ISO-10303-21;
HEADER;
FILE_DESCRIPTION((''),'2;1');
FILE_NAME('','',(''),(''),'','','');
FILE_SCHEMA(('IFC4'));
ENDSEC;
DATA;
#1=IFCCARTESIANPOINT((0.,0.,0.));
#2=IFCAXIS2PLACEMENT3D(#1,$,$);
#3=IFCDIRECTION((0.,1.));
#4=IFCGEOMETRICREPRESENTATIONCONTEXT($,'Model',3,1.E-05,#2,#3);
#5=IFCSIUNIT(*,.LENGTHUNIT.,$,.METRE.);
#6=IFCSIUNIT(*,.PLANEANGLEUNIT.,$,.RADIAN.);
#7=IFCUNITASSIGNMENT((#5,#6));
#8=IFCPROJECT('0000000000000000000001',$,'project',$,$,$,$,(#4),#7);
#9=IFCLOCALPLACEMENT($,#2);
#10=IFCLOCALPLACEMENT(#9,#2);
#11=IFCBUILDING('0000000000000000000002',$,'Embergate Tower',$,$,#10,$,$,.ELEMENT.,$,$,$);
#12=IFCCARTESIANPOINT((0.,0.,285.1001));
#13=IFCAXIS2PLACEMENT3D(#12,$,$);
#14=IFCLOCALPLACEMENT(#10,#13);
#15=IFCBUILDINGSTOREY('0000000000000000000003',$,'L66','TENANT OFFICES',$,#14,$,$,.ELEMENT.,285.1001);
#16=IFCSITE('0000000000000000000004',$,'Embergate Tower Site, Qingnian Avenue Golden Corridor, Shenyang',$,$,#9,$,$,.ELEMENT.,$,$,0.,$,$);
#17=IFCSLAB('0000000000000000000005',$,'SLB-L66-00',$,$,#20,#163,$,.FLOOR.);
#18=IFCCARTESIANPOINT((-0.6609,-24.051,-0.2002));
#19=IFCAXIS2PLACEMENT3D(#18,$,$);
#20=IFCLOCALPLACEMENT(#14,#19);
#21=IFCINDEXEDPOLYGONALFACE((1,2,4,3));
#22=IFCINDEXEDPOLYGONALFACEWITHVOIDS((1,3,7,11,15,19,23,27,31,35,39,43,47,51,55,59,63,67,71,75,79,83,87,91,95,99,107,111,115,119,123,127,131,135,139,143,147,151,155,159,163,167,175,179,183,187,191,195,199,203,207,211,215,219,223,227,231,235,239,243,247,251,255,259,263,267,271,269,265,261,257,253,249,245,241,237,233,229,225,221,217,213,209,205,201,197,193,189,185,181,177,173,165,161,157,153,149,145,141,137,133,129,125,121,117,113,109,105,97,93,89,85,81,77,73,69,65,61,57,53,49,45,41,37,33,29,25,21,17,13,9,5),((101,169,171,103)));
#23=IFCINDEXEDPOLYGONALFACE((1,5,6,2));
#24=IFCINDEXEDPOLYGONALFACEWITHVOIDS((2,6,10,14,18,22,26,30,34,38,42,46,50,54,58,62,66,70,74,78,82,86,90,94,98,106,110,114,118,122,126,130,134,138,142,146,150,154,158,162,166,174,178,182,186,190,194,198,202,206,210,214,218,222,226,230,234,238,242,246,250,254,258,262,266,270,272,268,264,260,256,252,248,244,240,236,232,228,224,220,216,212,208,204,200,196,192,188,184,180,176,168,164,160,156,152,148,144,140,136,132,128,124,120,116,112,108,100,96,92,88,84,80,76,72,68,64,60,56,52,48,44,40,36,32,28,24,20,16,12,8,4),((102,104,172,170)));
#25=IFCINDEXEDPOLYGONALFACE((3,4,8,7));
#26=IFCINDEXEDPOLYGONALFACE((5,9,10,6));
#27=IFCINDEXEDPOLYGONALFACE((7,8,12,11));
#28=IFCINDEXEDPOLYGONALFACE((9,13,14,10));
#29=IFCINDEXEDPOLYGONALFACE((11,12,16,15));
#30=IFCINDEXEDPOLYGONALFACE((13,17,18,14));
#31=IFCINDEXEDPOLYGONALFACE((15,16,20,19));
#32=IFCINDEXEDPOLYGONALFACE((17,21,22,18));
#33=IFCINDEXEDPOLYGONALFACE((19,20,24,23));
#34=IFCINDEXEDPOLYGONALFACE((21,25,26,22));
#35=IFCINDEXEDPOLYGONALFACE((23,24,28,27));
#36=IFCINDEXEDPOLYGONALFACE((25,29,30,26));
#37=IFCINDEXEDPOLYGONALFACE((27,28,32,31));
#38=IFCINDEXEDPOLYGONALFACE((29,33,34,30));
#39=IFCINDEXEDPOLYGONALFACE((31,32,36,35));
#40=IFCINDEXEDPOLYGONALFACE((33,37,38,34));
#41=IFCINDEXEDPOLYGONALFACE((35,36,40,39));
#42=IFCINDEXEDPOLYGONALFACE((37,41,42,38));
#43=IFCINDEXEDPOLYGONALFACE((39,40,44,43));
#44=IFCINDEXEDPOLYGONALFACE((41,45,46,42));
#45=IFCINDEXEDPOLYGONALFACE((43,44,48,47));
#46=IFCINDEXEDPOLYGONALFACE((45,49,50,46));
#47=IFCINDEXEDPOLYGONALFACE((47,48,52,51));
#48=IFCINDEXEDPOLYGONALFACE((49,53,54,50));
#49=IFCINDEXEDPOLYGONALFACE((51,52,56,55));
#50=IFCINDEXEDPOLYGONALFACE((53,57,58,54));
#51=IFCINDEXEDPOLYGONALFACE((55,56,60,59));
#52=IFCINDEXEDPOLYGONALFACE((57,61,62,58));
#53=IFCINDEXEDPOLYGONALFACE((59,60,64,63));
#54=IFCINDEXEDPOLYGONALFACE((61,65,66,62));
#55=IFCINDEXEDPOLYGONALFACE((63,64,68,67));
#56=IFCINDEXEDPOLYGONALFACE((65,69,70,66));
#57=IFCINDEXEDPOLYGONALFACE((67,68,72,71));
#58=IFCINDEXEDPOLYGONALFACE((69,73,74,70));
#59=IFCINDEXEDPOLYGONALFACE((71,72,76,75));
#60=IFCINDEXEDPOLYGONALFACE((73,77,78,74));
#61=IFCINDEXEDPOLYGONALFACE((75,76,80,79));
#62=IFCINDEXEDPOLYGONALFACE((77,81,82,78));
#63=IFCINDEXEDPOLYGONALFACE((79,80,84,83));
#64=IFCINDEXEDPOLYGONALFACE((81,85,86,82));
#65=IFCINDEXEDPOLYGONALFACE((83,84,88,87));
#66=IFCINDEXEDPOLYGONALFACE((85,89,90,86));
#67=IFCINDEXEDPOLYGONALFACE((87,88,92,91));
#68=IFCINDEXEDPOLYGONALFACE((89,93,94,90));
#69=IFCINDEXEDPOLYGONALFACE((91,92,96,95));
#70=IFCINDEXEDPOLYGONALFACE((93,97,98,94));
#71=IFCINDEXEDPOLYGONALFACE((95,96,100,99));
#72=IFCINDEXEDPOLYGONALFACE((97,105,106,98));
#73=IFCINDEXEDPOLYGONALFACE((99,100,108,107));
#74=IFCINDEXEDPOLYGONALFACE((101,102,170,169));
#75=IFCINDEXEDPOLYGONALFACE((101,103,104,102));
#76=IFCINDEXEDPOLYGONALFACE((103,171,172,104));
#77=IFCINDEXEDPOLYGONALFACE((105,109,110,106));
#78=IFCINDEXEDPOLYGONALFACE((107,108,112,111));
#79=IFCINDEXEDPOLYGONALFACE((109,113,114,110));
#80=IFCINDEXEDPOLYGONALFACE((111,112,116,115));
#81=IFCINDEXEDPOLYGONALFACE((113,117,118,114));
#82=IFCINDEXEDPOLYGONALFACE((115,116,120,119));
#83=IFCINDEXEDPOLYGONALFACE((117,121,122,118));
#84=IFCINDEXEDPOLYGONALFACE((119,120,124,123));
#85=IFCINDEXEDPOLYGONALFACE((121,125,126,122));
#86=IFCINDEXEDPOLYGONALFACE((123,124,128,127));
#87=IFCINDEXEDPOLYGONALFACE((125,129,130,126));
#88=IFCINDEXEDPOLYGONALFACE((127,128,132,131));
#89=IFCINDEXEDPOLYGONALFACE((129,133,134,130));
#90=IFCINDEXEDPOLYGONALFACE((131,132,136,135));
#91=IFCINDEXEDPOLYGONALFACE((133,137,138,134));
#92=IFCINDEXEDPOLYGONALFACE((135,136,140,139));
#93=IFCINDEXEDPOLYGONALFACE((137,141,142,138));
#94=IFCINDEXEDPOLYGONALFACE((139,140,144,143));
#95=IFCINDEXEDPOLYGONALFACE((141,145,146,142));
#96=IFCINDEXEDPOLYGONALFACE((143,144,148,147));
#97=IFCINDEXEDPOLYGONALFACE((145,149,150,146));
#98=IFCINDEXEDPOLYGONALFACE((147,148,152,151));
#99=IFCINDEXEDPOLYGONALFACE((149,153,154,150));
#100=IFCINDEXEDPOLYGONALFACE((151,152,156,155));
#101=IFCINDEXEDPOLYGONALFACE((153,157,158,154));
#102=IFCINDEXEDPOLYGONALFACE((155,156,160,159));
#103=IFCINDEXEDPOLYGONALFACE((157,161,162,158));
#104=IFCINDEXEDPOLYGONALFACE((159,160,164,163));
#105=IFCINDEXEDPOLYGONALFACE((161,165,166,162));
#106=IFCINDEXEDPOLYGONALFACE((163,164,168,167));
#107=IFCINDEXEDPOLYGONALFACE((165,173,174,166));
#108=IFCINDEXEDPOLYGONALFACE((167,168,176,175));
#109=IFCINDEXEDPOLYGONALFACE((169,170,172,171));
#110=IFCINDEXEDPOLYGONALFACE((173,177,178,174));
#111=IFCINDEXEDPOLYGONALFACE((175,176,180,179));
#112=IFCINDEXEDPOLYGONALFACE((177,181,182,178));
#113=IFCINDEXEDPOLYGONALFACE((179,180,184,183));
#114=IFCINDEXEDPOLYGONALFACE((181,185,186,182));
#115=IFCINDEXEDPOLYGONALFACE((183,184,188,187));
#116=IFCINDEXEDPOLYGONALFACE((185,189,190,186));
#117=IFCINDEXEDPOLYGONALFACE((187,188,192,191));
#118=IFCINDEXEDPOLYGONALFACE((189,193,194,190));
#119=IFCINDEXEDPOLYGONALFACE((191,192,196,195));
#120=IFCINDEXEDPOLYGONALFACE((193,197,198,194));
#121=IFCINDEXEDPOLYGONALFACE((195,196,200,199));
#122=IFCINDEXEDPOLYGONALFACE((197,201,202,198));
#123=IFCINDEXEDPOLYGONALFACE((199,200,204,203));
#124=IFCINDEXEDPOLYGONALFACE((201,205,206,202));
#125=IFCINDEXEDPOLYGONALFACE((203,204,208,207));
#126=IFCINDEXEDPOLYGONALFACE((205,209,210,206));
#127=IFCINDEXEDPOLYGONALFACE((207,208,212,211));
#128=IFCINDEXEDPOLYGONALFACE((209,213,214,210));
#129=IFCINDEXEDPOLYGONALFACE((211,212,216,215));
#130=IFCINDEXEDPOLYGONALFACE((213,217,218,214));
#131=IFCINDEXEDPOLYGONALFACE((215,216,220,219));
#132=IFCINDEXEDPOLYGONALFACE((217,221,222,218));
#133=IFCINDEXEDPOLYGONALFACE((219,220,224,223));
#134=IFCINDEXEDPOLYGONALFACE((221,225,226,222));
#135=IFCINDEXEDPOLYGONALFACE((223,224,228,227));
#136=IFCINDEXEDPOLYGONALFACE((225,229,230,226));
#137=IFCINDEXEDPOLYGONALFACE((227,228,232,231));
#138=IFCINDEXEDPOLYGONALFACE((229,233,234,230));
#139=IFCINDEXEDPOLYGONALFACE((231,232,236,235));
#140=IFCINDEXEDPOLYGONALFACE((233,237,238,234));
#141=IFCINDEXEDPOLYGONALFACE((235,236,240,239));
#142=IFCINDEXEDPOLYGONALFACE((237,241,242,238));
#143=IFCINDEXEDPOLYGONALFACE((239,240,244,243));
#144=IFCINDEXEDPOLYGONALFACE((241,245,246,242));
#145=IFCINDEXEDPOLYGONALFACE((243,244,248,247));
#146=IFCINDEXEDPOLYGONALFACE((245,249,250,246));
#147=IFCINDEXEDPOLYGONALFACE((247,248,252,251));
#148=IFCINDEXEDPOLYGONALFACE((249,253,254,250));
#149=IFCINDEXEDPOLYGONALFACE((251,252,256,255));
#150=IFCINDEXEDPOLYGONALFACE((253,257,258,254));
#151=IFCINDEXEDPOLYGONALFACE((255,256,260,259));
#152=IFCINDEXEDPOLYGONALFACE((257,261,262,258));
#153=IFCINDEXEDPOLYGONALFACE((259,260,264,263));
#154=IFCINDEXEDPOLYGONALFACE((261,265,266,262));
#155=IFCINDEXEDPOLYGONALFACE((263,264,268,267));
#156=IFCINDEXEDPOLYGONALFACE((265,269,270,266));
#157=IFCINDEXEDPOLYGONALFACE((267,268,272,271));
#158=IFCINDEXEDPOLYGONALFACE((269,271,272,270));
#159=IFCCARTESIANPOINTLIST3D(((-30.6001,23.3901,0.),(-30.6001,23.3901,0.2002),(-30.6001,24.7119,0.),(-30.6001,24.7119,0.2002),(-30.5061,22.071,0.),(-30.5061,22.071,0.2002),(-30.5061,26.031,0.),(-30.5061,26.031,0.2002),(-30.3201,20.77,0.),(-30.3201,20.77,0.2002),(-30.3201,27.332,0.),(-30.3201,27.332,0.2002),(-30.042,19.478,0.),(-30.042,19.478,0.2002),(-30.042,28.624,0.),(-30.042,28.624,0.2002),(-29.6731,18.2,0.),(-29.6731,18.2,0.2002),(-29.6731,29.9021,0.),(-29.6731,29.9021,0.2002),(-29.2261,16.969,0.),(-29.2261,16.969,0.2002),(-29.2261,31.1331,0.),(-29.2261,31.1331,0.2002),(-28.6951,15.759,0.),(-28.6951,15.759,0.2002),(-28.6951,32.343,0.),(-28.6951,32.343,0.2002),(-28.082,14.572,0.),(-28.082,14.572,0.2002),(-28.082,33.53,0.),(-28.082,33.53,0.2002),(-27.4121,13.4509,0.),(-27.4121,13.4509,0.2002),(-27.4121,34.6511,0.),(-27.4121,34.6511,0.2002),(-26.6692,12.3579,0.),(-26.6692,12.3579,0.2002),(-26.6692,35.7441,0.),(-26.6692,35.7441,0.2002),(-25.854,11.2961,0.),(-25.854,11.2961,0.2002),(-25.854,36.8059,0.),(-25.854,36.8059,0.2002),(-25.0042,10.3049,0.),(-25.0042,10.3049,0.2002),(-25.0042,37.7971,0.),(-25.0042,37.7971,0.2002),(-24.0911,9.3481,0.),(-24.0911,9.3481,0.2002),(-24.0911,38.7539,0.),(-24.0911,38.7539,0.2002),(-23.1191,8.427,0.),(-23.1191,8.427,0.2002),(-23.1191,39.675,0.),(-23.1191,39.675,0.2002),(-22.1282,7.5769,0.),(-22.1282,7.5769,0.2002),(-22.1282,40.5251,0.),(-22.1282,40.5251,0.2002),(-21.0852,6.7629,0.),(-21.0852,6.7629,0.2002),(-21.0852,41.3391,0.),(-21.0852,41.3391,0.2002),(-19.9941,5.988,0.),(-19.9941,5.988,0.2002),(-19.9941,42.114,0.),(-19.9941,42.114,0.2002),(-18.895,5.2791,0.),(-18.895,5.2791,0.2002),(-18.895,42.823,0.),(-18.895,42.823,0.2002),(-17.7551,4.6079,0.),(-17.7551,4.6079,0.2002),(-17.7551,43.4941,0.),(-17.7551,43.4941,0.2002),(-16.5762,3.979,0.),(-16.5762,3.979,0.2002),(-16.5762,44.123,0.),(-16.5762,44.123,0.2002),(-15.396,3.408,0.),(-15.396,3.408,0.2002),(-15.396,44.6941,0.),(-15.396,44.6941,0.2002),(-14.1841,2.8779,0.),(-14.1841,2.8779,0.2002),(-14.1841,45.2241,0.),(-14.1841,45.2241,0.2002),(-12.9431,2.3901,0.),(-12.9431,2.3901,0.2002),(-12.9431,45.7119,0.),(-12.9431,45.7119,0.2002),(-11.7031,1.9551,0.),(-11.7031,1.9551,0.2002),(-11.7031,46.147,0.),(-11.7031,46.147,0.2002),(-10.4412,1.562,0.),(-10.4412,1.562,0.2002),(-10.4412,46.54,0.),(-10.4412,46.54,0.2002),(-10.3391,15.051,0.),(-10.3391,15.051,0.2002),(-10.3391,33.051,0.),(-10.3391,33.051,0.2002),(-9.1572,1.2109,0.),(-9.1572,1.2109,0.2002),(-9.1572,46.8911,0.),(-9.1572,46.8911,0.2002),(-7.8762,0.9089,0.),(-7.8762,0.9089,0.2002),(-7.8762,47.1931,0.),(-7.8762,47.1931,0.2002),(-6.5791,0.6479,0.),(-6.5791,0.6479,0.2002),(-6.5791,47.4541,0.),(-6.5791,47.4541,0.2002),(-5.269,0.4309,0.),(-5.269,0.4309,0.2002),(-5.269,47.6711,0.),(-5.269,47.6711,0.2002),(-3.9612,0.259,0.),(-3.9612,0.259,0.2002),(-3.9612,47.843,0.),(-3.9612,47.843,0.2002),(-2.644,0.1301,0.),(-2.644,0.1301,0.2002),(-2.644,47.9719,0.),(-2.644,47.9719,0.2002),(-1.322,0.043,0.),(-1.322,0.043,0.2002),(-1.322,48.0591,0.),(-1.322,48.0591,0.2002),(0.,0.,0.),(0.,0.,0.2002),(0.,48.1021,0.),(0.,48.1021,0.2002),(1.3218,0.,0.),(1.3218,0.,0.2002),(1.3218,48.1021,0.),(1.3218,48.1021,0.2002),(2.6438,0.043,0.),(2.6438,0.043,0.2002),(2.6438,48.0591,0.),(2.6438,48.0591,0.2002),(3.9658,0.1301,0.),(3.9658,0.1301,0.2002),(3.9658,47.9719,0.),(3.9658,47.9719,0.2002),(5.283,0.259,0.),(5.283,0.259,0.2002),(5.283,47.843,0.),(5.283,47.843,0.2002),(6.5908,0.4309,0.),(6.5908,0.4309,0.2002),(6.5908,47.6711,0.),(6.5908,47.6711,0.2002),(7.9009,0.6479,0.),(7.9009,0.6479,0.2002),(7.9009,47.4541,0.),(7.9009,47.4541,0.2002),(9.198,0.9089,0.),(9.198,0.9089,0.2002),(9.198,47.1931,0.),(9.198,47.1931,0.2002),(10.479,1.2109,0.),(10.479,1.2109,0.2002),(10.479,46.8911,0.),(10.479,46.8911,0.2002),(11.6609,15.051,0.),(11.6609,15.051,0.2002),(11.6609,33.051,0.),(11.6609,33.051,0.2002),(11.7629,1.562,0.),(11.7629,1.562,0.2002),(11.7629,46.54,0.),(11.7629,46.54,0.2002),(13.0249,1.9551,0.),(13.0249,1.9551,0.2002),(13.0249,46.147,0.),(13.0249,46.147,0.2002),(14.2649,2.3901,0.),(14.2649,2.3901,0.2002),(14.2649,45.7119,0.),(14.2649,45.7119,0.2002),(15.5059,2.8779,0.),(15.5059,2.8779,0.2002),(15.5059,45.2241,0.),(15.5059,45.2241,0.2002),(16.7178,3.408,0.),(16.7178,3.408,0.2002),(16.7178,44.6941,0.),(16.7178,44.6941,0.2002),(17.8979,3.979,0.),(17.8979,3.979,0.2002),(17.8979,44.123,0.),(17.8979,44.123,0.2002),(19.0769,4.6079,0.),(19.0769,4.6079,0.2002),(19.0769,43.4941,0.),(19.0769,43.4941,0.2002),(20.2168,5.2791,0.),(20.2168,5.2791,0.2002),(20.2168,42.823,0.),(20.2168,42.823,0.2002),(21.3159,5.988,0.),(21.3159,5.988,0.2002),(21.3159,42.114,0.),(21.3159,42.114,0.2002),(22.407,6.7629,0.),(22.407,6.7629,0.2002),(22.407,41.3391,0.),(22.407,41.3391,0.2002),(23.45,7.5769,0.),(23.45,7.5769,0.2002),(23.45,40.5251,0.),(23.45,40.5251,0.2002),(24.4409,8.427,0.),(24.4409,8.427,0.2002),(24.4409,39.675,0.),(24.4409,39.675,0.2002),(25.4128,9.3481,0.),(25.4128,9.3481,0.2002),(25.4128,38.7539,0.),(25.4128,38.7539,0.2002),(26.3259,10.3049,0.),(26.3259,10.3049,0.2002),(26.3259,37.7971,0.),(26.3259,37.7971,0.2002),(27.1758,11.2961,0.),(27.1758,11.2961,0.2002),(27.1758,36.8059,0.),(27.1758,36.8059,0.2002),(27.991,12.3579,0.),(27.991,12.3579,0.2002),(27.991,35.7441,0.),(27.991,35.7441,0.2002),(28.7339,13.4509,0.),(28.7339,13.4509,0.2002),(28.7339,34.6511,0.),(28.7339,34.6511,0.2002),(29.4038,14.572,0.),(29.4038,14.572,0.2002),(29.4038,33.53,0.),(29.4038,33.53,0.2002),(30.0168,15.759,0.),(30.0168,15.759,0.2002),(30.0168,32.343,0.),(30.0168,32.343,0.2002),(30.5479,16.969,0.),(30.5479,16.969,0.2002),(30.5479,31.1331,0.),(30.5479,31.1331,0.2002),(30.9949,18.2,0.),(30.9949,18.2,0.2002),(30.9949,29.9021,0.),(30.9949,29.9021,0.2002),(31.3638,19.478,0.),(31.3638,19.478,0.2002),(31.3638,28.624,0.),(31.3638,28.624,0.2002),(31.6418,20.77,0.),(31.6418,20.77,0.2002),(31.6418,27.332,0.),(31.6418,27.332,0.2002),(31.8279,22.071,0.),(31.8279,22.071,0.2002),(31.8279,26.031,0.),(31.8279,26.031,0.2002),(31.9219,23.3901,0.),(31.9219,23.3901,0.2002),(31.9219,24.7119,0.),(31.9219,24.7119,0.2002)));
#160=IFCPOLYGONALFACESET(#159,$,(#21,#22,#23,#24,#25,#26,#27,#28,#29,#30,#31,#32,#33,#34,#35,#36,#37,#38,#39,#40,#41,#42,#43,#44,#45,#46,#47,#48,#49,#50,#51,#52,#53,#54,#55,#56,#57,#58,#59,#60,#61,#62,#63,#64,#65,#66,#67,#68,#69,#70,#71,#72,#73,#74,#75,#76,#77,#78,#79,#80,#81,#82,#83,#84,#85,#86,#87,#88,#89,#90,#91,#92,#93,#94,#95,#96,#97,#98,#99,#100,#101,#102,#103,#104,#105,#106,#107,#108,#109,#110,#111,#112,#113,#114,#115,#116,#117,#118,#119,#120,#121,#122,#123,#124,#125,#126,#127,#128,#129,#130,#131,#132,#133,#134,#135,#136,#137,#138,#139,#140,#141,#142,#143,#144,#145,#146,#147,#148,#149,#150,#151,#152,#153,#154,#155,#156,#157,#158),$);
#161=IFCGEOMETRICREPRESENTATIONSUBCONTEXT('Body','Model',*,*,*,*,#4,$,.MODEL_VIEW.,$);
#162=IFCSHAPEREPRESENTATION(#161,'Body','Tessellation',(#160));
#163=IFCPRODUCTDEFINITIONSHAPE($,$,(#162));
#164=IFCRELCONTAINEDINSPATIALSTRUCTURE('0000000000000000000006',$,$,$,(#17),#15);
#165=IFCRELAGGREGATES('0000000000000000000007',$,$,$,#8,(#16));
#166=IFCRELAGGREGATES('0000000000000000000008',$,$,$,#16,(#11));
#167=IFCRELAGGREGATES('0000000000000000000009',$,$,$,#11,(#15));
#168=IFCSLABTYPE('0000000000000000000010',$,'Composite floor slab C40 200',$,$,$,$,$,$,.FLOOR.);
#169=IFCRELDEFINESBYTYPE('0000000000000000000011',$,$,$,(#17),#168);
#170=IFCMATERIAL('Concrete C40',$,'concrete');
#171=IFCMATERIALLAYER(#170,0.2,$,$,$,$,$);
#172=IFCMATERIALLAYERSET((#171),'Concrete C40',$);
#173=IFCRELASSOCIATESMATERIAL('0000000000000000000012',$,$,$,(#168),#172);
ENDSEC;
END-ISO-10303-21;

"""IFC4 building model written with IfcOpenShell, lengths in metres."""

from ifc_helpers import new_model, si_unit, direction, frame, origin, place, context, subcontext, project, spatial, polyline, outline, extrude, source, transform, mapped, material, layer, layer_set, type_object, element, save


model = new_model("IFC4")

# Units and contexts
model_context = context("Model", 3, precision=1e-05, world=origin(), true_north=direction((0.0, 1.0)))
body_context = subcontext(model_context, "Body", "Model", "MODEL_VIEW")
ifc_project = project(units=[si_unit("LENGTHUNIT", "METRE"), si_unit("PLANEANGLEUNIT", "RADIAN")], contexts=[model_context])

# Site, building, storey
site_placement = place(None, origin())
site = spatial("IfcSite", under=ifc_project, at=site_placement, Name="Embergate Tower Site, Qingnian Avenue Golden Corridor, Shenyang", CompositionType="ELEMENT", RefElevation=0.0)
building_placement = place(site_placement, origin())
building = spatial("IfcBuilding", under=site, at=building_placement, Name="Embergate Tower", CompositionType="ELEMENT")
storey_placement = place(building_placement, frame((0.0, 0.0, 285.1001)))
storey = spatial("IfcBuildingStorey", under=building, at=storey_placement, Name="L66", Description="TENANT OFFICES", CompositionType="ELEMENT", Elevation=285.1001)

# Slab
ifc_material_1 = material(Name="Concrete C40", Category="concrete")
ifc_layer_1 = layer(ifc_material_1, 0.2)
ifc_layer_set_1 = layer_set([ifc_layer_1], Name="Concrete C40")
slab_type = type_object("IfcSlabType", Name="Composite floor slab C40 200", PredefinedType="FLOOR", material=ifc_layer_set_1)
shared_shape_1 = source(origin(), body_context, "Body", "SweptSolid", [
    extrude(outline(polyline([(0.0, 0.0), (1.3218, 0.0), (2.6438, 0.043), (3.9658, 0.1301), (5.283, 0.259), (6.5908, 0.4309), (7.9009, 0.6479), (9.198, 0.9089), (10.479, 1.2109), (11.7629, 1.562), (13.0249, 1.9551), (14.2649, 2.3901), (15.5059, 2.8779), (16.7178, 3.408), (17.8979, 3.979), (19.0769, 4.6079), (20.2168, 5.2791), (21.3159, 5.988), (22.407, 6.7629), (23.45, 7.5769), (24.4409, 8.427), (25.4128, 9.3481), (26.3259, 10.3049), (27.1758, 11.2961), (27.991, 12.3579), (28.7339, 13.4509), (29.4038, 14.572), (30.0168, 15.759), (30.5479, 16.969), (30.9949, 18.2), (31.3638, 19.478), (31.6418, 20.77), (31.8279, 22.071), (31.9219, 23.3901), (31.9219, 24.7119), (31.8279, 26.031), (31.6418, 27.332), (31.3638, 28.624), (30.9949, 29.9021), (30.5479, 31.1331), (30.0168, 32.343), (29.4038, 33.53), (28.7339, 34.6511), (27.991, 35.7441), (27.1758, 36.8059), (26.3259, 37.7971), (25.4128, 38.7539), (24.4409, 39.675), (23.45, 40.5251), (22.407, 41.3391), (21.3159, 42.114), (20.2168, 42.823), (19.0769, 43.4941), (17.8979, 44.123), (16.7178, 44.6941), (15.5059, 45.2241), (14.2649, 45.7119), (13.0249, 46.147), (11.7629, 46.54), (10.479, 46.8911), (9.198, 47.1931), (7.9009, 47.4541), (6.5908, 47.6711), (5.283, 47.843), (3.9658, 47.9719), (2.6438, 48.0591), (1.3218, 48.1021), (0.0, 48.1021), (-1.322, 48.0591), (-2.644, 47.9719), (-3.9612, 47.843), (-5.269, 47.6711), (-6.5791, 47.4541), (-7.8762, 47.1931), (-9.1572, 46.8911), (-10.4412, 46.54), (-11.7031, 46.147), (-12.9431, 45.7119), (-14.1841, 45.2241), (-15.396, 44.6941), (-16.5762, 44.123), (-17.7551, 43.4941), (-18.895, 42.823), (-19.9941, 42.114), (-21.0852, 41.3391), (-22.1282, 40.5251), (-23.1191, 39.675), (-24.0911, 38.7539), (-25.0042, 37.7971), (-25.854, 36.8059), (-26.6692, 35.7441), (-27.4121, 34.6511), (-28.082, 33.53), (-28.6951, 32.343), (-29.2261, 31.1331), (-29.6731, 29.9021), (-30.042, 28.624), (-30.3201, 27.332), (-30.5061, 26.031), (-30.6001, 24.7119), (-30.6001, 23.3901), (-30.5061, 22.071), (-30.3201, 20.77), (-30.042, 19.478), (-29.6731, 18.2), (-29.2261, 16.969), (-28.6951, 15.759), (-28.082, 14.572), (-27.4121, 13.4509), (-26.6692, 12.3579), (-25.854, 11.2961), (-25.0042, 10.3049), (-24.0911, 9.3481), (-23.1191, 8.427), (-22.1282, 7.5769), (-21.0852, 6.7629), (-19.9941, 5.988), (-18.895, 5.2791), (-17.7551, 4.6079), (-16.5762, 3.979), (-15.396, 3.408), (-14.1841, 2.8779), (-12.9431, 2.3901), (-11.7031, 1.9551), (-10.4412, 1.562), (-9.1572, 1.2109), (-7.8762, 0.9089), (-6.5791, 0.6479), (-5.269, 0.4309), (-3.9612, 0.259), (-2.644, 0.1301), (-1.322, 0.043), (0.0, 0.0)]), holes=[polyline([(-10.3391, 15.051), (-10.3391, 33.051), (11.6609, 33.051), (11.6609, 15.051), (-10.3391, 15.051)])]), origin(), (0.0, 0.0, 1.0), 0.2002),
])
slab_placement = place(storey_placement, frame((-0.6609, -24.051, -0.2002)))
element("IfcSlab", 1, at=slab_placement, inside=storey, type_object=slab_type, Name="SLB-L66-00", PredefinedType="FLOOR", context=body_context, shape_type="MappedRepresentation", body=[
    mapped(shared_shape_1, transform((0.0, 0.0, 0.0))),
])

save(model, "model.ifc")
